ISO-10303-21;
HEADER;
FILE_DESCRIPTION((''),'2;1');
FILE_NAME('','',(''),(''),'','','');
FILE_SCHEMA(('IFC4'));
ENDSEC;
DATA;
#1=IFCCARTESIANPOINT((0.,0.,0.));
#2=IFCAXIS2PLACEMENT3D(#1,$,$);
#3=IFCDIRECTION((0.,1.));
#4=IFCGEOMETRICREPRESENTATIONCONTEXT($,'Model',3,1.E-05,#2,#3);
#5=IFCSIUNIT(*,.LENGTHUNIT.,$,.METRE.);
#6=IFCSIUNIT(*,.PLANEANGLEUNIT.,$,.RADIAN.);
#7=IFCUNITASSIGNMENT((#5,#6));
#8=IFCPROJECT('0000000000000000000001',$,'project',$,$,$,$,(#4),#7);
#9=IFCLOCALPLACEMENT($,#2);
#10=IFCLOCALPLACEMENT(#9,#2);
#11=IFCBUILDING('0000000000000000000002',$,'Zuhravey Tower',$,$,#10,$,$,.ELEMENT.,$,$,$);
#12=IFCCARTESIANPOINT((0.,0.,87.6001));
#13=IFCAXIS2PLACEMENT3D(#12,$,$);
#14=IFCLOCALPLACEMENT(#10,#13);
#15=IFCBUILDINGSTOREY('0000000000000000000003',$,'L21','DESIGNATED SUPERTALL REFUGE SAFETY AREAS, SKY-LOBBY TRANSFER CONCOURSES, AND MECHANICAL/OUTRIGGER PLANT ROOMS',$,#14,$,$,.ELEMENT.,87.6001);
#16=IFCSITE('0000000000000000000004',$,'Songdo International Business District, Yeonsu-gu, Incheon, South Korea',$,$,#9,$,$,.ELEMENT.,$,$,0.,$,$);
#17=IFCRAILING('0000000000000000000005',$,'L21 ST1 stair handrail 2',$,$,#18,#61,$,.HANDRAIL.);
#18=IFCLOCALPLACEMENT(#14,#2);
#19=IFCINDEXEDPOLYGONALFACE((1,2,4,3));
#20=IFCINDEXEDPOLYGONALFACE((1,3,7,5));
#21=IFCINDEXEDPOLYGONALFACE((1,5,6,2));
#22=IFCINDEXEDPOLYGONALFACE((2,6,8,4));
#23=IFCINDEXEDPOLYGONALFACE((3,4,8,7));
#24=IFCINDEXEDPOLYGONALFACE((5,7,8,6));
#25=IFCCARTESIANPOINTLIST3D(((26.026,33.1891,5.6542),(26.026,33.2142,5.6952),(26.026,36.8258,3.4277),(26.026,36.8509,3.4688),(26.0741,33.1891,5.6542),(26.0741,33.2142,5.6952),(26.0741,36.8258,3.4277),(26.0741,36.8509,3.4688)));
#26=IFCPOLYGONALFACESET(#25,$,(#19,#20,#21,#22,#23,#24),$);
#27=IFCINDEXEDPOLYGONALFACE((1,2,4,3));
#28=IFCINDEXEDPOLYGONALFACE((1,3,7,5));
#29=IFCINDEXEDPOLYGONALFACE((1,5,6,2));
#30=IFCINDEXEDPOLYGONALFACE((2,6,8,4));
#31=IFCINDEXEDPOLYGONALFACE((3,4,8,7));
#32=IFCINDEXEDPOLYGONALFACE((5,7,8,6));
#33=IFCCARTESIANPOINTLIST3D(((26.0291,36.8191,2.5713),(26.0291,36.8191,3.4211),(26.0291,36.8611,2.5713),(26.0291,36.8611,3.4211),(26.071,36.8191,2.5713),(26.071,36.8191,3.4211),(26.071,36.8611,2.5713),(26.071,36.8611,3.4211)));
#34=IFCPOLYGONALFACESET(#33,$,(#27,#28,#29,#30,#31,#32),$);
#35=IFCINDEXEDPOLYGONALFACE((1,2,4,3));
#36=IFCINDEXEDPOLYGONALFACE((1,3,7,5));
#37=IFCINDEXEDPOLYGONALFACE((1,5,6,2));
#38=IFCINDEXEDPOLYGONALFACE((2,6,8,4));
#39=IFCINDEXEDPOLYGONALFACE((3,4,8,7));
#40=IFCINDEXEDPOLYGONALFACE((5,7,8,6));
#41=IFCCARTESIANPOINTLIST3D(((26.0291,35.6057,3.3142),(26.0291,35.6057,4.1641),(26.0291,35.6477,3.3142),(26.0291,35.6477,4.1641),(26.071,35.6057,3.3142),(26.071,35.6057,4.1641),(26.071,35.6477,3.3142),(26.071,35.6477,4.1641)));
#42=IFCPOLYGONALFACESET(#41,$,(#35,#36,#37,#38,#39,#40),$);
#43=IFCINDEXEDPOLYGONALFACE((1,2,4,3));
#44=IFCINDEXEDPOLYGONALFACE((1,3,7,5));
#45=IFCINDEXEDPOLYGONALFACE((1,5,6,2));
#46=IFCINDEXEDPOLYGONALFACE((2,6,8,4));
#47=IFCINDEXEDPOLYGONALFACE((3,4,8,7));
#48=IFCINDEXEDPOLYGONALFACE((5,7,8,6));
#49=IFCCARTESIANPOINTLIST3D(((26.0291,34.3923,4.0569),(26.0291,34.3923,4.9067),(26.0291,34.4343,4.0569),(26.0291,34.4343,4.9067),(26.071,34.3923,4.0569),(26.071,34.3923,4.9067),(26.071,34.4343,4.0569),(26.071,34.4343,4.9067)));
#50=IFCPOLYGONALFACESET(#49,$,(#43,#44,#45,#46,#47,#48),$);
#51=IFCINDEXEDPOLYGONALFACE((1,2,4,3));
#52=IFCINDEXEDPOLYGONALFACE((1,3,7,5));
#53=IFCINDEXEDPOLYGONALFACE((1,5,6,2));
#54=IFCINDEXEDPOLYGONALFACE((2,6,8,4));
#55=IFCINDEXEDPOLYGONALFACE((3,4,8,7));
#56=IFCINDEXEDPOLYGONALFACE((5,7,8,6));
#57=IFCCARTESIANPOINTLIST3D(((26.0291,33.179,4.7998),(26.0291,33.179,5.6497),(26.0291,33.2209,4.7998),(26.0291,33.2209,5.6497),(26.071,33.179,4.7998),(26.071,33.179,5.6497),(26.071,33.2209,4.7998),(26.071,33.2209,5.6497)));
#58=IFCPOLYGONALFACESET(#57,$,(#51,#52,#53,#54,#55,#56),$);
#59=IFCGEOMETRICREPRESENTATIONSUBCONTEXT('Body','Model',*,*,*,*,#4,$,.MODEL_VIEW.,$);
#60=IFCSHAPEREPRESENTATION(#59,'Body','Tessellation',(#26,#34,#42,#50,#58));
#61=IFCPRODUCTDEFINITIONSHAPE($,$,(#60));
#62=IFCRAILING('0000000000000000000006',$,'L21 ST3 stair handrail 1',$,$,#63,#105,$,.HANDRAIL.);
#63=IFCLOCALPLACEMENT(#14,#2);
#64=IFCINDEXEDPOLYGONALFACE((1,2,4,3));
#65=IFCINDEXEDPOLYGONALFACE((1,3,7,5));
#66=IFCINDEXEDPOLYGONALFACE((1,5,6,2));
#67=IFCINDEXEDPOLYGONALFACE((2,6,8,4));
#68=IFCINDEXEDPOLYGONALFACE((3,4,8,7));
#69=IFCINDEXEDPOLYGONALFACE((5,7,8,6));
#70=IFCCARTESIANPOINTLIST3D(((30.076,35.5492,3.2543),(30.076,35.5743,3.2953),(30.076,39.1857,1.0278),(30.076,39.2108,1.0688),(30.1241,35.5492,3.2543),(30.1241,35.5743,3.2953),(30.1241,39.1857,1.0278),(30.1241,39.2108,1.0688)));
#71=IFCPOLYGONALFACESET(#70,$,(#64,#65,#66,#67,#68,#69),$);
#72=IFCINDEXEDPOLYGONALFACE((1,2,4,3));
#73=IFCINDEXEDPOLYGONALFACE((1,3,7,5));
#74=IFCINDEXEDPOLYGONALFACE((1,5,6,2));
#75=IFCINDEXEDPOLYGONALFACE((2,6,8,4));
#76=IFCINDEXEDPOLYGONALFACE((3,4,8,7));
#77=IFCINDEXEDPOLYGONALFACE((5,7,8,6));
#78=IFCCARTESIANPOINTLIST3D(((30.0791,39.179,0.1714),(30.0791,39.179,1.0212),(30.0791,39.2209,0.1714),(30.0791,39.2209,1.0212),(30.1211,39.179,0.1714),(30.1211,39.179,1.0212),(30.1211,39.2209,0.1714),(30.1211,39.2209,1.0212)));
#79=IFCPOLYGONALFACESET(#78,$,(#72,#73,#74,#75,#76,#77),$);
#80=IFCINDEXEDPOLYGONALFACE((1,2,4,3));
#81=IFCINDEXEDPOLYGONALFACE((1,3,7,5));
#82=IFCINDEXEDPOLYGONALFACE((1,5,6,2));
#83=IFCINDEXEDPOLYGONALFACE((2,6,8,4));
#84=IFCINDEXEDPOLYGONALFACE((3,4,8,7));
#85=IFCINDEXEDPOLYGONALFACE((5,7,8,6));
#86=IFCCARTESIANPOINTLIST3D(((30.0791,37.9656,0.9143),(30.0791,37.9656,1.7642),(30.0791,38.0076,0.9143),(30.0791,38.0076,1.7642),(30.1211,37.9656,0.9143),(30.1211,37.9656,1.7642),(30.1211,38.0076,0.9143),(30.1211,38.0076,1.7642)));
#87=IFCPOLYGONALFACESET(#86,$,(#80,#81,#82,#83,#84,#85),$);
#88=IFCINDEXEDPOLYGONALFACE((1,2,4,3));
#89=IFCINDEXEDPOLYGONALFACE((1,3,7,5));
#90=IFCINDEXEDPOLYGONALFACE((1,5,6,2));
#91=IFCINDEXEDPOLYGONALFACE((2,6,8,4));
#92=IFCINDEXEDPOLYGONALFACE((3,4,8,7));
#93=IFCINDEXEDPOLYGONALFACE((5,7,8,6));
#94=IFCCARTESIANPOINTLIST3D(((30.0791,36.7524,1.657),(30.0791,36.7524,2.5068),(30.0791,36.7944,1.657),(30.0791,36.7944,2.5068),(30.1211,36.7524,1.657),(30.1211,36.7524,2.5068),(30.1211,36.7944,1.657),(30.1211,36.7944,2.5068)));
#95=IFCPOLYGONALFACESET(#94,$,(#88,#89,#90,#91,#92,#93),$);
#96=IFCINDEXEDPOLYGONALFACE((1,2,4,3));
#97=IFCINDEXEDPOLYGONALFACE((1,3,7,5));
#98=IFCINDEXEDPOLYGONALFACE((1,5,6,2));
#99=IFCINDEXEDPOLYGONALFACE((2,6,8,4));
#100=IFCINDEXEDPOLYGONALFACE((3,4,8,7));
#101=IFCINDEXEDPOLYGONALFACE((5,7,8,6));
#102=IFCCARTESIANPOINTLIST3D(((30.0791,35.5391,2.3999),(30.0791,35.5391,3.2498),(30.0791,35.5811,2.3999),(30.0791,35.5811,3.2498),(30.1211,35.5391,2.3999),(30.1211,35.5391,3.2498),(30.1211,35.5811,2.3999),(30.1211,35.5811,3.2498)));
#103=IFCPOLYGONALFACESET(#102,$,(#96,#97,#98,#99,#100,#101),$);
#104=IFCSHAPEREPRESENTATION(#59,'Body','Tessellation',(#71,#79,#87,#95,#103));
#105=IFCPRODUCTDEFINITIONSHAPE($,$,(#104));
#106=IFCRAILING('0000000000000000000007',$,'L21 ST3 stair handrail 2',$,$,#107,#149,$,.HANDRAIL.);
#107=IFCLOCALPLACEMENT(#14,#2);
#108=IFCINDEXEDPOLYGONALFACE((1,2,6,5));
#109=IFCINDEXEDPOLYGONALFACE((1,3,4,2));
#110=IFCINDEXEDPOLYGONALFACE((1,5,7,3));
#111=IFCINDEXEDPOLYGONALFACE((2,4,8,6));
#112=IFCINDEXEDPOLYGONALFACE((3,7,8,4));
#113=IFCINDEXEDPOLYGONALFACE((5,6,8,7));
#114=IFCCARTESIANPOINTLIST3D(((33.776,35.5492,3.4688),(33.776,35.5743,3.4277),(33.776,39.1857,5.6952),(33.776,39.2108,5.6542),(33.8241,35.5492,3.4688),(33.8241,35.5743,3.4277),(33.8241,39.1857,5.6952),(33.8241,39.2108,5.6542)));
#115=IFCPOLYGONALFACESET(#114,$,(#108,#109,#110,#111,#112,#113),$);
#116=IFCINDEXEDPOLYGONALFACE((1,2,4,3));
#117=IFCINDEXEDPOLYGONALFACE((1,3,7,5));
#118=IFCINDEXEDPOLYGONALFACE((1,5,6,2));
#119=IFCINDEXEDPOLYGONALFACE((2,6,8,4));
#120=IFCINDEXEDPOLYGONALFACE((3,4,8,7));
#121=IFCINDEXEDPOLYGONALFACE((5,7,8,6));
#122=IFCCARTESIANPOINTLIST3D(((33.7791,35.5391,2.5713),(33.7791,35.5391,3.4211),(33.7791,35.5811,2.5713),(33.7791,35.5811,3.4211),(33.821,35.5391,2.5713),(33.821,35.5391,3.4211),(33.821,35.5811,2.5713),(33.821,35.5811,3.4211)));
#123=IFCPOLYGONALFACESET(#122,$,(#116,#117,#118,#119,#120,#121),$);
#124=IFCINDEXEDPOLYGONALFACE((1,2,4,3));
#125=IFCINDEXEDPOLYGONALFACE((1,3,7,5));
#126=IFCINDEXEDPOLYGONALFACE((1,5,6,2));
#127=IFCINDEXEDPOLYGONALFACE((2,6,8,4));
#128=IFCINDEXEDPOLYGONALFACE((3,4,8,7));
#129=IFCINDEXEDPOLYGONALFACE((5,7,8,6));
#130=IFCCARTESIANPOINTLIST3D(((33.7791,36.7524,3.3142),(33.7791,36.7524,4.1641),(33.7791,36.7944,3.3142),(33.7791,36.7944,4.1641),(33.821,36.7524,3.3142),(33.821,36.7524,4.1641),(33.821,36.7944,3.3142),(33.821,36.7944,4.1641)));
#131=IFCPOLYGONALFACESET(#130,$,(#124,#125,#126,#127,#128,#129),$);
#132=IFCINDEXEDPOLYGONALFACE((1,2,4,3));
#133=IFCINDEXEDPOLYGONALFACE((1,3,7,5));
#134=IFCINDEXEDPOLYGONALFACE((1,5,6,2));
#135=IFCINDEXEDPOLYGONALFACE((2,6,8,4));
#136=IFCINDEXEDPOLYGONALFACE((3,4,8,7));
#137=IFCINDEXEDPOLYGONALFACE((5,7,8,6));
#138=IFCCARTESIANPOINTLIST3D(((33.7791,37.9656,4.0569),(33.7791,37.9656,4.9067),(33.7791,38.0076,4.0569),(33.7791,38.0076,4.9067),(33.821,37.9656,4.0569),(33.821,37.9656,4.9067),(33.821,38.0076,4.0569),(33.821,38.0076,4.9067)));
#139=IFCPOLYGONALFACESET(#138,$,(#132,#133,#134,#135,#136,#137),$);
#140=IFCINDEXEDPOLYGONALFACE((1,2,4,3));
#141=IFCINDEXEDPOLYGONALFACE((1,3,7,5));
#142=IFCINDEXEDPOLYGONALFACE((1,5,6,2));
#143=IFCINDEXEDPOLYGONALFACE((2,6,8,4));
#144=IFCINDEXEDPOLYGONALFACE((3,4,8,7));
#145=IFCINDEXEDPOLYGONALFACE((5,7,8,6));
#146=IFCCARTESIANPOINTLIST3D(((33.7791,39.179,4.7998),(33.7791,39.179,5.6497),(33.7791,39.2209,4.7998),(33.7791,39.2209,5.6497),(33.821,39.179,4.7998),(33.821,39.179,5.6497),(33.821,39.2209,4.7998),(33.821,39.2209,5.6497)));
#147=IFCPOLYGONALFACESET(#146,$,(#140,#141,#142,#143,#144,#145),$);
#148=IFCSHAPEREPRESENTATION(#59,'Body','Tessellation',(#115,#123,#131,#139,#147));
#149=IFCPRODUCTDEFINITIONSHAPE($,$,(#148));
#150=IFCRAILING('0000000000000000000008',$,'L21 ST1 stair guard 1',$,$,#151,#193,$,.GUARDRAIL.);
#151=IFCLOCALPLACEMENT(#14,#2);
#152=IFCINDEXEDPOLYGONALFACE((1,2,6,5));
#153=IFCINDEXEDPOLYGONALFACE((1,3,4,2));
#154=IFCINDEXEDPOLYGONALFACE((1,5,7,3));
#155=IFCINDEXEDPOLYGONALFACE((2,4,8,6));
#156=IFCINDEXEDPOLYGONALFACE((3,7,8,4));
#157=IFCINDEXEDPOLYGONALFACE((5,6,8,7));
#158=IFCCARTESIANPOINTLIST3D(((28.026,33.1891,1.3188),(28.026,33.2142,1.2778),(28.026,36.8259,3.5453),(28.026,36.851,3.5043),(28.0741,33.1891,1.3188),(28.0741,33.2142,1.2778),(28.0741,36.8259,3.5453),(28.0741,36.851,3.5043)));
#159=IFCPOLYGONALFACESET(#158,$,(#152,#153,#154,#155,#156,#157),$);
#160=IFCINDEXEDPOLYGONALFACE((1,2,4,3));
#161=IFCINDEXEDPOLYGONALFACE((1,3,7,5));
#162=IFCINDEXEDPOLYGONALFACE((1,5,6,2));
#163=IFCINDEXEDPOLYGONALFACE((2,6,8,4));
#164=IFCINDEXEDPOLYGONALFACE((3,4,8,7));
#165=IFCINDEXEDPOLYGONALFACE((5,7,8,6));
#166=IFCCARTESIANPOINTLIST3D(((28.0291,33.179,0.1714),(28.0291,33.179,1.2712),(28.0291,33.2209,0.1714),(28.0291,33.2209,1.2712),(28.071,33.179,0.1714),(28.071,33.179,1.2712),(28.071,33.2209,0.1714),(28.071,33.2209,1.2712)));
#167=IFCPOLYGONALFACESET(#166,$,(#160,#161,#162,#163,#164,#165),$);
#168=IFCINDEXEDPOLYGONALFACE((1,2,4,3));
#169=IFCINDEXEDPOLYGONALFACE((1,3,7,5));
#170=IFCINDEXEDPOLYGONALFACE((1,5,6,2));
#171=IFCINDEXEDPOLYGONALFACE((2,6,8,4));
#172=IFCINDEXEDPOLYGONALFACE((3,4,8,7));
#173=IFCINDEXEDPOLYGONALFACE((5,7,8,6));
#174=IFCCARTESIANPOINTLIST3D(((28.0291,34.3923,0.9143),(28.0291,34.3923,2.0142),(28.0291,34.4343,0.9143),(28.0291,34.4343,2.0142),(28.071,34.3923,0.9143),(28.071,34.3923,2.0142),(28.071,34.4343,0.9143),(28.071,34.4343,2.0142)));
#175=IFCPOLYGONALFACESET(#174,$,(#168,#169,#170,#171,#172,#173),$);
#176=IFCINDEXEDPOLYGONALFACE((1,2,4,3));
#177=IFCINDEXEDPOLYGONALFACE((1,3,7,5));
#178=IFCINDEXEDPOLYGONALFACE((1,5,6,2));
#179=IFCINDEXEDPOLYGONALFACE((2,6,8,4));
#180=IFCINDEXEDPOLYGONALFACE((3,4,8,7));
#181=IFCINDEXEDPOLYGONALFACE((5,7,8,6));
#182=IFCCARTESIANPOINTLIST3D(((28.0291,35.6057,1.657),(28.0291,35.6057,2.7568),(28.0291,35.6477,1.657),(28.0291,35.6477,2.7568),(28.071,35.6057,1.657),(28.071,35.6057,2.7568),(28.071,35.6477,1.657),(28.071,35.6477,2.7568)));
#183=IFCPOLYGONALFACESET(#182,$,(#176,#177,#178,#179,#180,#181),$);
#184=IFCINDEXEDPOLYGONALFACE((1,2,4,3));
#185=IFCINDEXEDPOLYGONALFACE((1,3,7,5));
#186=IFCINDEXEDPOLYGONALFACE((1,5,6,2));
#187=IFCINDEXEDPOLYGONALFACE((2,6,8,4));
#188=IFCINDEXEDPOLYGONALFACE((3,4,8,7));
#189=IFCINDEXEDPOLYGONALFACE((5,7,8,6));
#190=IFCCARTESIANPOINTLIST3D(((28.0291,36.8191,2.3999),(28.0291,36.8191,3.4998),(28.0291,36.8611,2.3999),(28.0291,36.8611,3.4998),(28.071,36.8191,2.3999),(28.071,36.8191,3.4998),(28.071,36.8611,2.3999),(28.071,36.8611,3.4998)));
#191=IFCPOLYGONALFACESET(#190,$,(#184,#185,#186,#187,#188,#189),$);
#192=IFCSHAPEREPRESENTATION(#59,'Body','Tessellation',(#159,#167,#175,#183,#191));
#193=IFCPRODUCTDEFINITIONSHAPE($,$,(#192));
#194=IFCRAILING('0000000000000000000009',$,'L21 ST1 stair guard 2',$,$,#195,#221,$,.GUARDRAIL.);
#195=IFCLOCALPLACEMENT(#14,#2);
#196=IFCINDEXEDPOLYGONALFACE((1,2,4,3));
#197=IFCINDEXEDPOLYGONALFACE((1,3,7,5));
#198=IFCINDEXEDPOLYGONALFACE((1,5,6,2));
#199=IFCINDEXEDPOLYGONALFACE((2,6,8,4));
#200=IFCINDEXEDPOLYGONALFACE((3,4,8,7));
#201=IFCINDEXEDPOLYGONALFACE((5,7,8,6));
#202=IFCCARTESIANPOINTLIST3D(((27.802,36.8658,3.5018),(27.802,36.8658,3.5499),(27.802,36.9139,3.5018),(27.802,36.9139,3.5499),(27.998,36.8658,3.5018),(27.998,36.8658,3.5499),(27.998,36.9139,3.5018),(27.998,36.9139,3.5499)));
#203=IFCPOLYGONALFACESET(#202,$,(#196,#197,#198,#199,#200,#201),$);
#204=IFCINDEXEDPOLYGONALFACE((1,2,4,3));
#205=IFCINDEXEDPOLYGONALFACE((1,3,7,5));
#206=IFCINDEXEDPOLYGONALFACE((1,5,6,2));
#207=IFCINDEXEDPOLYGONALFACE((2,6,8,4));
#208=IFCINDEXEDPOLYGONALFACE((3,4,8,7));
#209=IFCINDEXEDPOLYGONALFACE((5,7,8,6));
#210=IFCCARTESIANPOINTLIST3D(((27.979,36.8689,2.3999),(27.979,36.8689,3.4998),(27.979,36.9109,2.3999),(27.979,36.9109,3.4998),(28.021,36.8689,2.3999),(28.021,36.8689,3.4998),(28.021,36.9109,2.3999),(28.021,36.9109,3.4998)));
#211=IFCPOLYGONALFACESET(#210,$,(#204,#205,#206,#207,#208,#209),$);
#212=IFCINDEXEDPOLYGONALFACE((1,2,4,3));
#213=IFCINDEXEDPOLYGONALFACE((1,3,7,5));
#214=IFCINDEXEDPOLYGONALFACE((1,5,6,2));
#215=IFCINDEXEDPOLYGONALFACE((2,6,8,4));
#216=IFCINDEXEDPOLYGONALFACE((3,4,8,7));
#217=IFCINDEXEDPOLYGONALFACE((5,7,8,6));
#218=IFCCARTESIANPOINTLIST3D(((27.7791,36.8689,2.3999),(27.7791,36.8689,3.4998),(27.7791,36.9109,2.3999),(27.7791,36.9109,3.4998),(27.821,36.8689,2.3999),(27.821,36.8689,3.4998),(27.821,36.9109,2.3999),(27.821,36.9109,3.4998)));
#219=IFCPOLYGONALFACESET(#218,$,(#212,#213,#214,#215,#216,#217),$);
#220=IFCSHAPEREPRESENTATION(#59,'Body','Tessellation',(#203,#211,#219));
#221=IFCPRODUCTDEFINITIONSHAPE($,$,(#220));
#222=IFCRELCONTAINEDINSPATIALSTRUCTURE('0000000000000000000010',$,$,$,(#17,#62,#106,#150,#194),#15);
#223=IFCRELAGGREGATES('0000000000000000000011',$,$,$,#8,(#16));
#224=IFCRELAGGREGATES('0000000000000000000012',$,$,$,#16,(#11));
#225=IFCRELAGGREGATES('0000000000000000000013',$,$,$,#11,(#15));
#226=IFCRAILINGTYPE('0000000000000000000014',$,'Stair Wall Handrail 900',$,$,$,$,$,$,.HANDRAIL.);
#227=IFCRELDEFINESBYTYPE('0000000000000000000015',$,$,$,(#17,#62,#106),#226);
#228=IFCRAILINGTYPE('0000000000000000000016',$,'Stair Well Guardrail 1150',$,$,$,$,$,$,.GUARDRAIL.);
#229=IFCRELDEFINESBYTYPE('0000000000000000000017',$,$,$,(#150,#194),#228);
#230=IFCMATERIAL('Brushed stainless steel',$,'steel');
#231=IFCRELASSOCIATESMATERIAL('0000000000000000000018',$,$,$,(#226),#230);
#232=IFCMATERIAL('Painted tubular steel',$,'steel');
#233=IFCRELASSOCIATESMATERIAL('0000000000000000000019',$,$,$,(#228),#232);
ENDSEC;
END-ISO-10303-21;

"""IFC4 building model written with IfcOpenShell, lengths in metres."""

from ifc_helpers import new_model, si_unit, direction, frame, origin, origin_2d, place, context, subcontext, project, spatial, rectangle, extrude, material, type_object, element, save


model = new_model("IFC4")

# Units and contexts
model_context = context("Model", 3, precision=1e-05, world=origin(), true_north=direction((0.0, 1.0)))
body_context = subcontext(model_context, "Body", "Model", "MODEL_VIEW")
ifc_project = project(units=[si_unit("LENGTHUNIT", "METRE"), si_unit("PLANEANGLEUNIT", "RADIAN")], contexts=[model_context])

# Site, building, storey
site_placement = place(None, origin())
site = spatial("IfcSite", under=ifc_project, at=site_placement, Name="Songdo International Business District, Yeonsu-gu, Incheon, South Korea", CompositionType="ELEMENT", RefElevation=0.0)
building_placement = place(site_placement, origin())
building = spatial("IfcBuilding", under=site, at=building_placement, Name="Zuhravey Tower", CompositionType="ELEMENT")
storey_placement = place(building_placement, frame((0.0, 0.0, 87.6001)))
storey = spatial("IfcBuildingStorey", under=building, at=storey_placement, Name="L21", Description="DESIGNATED SUPERTALL REFUGE SAFETY AREAS, SKY-LOBBY TRANSFER CONCOURSES, AND MECHANICAL/OUTRIGGER PLANT ROOMS", CompositionType="ELEMENT", Elevation=87.6001)

# Railings
ifc_material_1 = material(Name="Brushed stainless steel", Category="steel")
railing_type_1 = type_object("IfcRailingType", Name="Stair Wall Handrail 900", PredefinedType="HANDRAIL", material=ifc_material_1)
railing_1_placement = place(storey_placement, frame((26.05, 36.8401, 2.5713)))
element("IfcRailing", 1, at=railing_1_placement, inside=storey, type_object=railing_type_1, Name="L21 ST1 stair handrail 2", PredefinedType="HANDRAIL", context=body_context, shape_type="SweptSolid", body=[
    extrude(rectangle(XDim=0.0481, YDim=0.0481, at=origin_2d()), frame((0.0, -0.0017, 0.877), z_axis=(0.0, -0.852866, 0.52213), x_axis=(1.0, 0.0, 0.0)), (0.0, 0.0, 1.0), 4.2642),
    extrude(rectangle(XDim=0.042, YDim=0.042, at=origin_2d()), origin(), (0.0, 0.0, 1.0), 0.8499),
    extrude(rectangle(XDim=0.042, YDim=0.042, at=origin_2d()), frame((0.0, -1.2134, 0.7429)), (0.0, 0.0, 1.0), 0.8499),
    extrude(rectangle(XDim=0.042, YDim=0.042, at=origin_2d()), frame((0.0, -2.4268, 1.4856)), (0.0, 0.0, 1.0), 0.8499),
    extrude(rectangle(XDim=0.042, YDim=0.042, at=origin_2d()), frame((0.0, -3.6401, 2.2285)), (0.0, 0.0, 1.0), 0.8499),
])
railing_2_placement = place(storey_placement, frame((30.1001, 39.2, 0.1714)))
element("IfcRailing", 2, at=railing_2_placement, inside=storey, type_object=railing_type_1, Name="L21 ST3 stair handrail 1", PredefinedType="HANDRAIL", context=body_context, shape_type="SweptSolid", body=[
    extrude(rectangle(XDim=0.0481, YDim=0.0481, at=origin_2d()), frame((0.0, -0.0017, 0.877), z_axis=(0.0, -0.85285, 0.522156), x_axis=(1.0, 0.0, 0.0)), (0.0, 0.0, 1.0), 4.2639),
    extrude(rectangle(XDim=0.042, YDim=0.042, at=origin_2d()), origin(), (0.0, 0.0, 1.0), 0.8499),
    extrude(rectangle(XDim=0.042, YDim=0.042, at=origin_2d()), frame((0.0, -1.2134, 0.7429)), (0.0, 0.0, 1.0), 0.8499),
    extrude(rectangle(XDim=0.042, YDim=0.042, at=origin_2d()), frame((0.0, -2.4265, 1.4856)), (0.0, 0.0, 1.0), 0.8499),
    extrude(rectangle(XDim=0.042, YDim=0.042, at=origin_2d()), frame((0.0, -3.6399, 2.2285)), (0.0, 0.0, 1.0), 0.8499),
])
railing_3_placement = place(storey_placement, frame((33.8, 35.5601, 2.5713)))
element("IfcRailing", 3, at=railing_3_placement, inside=storey, type_object=railing_type_1, Name="L21 ST3 stair handrail 2", PredefinedType="HANDRAIL", context=body_context, shape_type="SweptSolid", body=[
    extrude(rectangle(XDim=0.0481, YDim=0.0481, at=origin_2d()), frame((0.0, 0.0017, 0.877), z_axis=(0.0, 0.85285, 0.522156), x_axis=(-1.0, 0.0, 0.0)), (0.0, 0.0, 1.0), 4.2639),
    extrude(rectangle(XDim=0.042, YDim=0.042, at=origin_2d()), origin(), (0.0, 0.0, 1.0), 0.8499),
    extrude(rectangle(XDim=0.042, YDim=0.042, at=origin_2d()), frame((0.0, 1.2134, 0.7429)), (0.0, 0.0, 1.0), 0.8499),
    extrude(rectangle(XDim=0.042, YDim=0.042, at=origin_2d()), frame((0.0, 2.4265, 1.4856)), (0.0, 0.0, 1.0), 0.8499),
    extrude(rectangle(XDim=0.042, YDim=0.042, at=origin_2d()), frame((0.0, 3.6399, 2.2285)), (0.0, 0.0, 1.0), 0.8499),
])
ifc_material_2 = material(Name="Painted tubular steel", Category="steel")
railing_type_2 = type_object("IfcRailingType", Name="Stair Well Guardrail 1150", PredefinedType="GUARDRAIL", material=ifc_material_2)
railing_4_placement = place(storey_placement, frame((28.05, 33.2, 0.1714)))
element("IfcRailing", 4, at=railing_4_placement, inside=storey, type_object=railing_type_2, Name="L21 ST1 stair guard 1", PredefinedType="GUARDRAIL", context=body_context, shape_type="SweptSolid", body=[
    extrude(rectangle(XDim=0.0481, YDim=0.0481, at=origin_2d()), frame((0.0, 0.0017, 1.127), z_axis=(0.0, 0.852866, 0.52213), x_axis=(-1.0, 0.0, 0.0)), (0.0, 0.0, 1.0), 4.2642),
    extrude(rectangle(XDim=0.042, YDim=0.042, at=origin_2d()), origin(), (0.0, 0.0, 1.0), 1.0999),
    extrude(rectangle(XDim=0.042, YDim=0.042, at=origin_2d()), frame((0.0, 1.2134, 0.7429)), (0.0, 0.0, 1.0), 1.0999),
    extrude(rectangle(XDim=0.042, YDim=0.042, at=origin_2d()), frame((0.0, 2.4268, 1.4856)), (0.0, 0.0, 1.0), 1.0999),
    extrude(rectangle(XDim=0.042, YDim=0.042, at=origin_2d()), frame((0.0, 3.6401, 2.2285)), (0.0, 0.0, 1.0), 1.0999),
])
railing_5_placement = place(storey_placement, frame((28.0, 36.8899, 2.3999)))
element("IfcRailing", 5, at=railing_5_placement, inside=storey, type_object=railing_type_2, Name="L21 ST1 stair guard 2", PredefinedType="GUARDRAIL", context=body_context, shape_type="SweptSolid", body=[
    extrude(rectangle(XDim=0.0481, YDim=0.0481, at=origin_2d()), frame((-0.002, 0.0, 1.126), z_axis=(-1.0, 0.0, 0.0), x_axis=(0.0, -1.0, 0.0)), (0.0, 0.0, 1.0), 0.196),
    extrude(rectangle(XDim=0.042, YDim=0.042, at=origin_2d()), origin(), (0.0, 0.0, 1.0), 1.0999),
    extrude(rectangle(XDim=0.042, YDim=0.042, at=origin_2d()), frame((-0.2, 0.0, 0.0)), (0.0, 0.0, 1.0), 1.0999),
])

save(model, "model.ifc")
